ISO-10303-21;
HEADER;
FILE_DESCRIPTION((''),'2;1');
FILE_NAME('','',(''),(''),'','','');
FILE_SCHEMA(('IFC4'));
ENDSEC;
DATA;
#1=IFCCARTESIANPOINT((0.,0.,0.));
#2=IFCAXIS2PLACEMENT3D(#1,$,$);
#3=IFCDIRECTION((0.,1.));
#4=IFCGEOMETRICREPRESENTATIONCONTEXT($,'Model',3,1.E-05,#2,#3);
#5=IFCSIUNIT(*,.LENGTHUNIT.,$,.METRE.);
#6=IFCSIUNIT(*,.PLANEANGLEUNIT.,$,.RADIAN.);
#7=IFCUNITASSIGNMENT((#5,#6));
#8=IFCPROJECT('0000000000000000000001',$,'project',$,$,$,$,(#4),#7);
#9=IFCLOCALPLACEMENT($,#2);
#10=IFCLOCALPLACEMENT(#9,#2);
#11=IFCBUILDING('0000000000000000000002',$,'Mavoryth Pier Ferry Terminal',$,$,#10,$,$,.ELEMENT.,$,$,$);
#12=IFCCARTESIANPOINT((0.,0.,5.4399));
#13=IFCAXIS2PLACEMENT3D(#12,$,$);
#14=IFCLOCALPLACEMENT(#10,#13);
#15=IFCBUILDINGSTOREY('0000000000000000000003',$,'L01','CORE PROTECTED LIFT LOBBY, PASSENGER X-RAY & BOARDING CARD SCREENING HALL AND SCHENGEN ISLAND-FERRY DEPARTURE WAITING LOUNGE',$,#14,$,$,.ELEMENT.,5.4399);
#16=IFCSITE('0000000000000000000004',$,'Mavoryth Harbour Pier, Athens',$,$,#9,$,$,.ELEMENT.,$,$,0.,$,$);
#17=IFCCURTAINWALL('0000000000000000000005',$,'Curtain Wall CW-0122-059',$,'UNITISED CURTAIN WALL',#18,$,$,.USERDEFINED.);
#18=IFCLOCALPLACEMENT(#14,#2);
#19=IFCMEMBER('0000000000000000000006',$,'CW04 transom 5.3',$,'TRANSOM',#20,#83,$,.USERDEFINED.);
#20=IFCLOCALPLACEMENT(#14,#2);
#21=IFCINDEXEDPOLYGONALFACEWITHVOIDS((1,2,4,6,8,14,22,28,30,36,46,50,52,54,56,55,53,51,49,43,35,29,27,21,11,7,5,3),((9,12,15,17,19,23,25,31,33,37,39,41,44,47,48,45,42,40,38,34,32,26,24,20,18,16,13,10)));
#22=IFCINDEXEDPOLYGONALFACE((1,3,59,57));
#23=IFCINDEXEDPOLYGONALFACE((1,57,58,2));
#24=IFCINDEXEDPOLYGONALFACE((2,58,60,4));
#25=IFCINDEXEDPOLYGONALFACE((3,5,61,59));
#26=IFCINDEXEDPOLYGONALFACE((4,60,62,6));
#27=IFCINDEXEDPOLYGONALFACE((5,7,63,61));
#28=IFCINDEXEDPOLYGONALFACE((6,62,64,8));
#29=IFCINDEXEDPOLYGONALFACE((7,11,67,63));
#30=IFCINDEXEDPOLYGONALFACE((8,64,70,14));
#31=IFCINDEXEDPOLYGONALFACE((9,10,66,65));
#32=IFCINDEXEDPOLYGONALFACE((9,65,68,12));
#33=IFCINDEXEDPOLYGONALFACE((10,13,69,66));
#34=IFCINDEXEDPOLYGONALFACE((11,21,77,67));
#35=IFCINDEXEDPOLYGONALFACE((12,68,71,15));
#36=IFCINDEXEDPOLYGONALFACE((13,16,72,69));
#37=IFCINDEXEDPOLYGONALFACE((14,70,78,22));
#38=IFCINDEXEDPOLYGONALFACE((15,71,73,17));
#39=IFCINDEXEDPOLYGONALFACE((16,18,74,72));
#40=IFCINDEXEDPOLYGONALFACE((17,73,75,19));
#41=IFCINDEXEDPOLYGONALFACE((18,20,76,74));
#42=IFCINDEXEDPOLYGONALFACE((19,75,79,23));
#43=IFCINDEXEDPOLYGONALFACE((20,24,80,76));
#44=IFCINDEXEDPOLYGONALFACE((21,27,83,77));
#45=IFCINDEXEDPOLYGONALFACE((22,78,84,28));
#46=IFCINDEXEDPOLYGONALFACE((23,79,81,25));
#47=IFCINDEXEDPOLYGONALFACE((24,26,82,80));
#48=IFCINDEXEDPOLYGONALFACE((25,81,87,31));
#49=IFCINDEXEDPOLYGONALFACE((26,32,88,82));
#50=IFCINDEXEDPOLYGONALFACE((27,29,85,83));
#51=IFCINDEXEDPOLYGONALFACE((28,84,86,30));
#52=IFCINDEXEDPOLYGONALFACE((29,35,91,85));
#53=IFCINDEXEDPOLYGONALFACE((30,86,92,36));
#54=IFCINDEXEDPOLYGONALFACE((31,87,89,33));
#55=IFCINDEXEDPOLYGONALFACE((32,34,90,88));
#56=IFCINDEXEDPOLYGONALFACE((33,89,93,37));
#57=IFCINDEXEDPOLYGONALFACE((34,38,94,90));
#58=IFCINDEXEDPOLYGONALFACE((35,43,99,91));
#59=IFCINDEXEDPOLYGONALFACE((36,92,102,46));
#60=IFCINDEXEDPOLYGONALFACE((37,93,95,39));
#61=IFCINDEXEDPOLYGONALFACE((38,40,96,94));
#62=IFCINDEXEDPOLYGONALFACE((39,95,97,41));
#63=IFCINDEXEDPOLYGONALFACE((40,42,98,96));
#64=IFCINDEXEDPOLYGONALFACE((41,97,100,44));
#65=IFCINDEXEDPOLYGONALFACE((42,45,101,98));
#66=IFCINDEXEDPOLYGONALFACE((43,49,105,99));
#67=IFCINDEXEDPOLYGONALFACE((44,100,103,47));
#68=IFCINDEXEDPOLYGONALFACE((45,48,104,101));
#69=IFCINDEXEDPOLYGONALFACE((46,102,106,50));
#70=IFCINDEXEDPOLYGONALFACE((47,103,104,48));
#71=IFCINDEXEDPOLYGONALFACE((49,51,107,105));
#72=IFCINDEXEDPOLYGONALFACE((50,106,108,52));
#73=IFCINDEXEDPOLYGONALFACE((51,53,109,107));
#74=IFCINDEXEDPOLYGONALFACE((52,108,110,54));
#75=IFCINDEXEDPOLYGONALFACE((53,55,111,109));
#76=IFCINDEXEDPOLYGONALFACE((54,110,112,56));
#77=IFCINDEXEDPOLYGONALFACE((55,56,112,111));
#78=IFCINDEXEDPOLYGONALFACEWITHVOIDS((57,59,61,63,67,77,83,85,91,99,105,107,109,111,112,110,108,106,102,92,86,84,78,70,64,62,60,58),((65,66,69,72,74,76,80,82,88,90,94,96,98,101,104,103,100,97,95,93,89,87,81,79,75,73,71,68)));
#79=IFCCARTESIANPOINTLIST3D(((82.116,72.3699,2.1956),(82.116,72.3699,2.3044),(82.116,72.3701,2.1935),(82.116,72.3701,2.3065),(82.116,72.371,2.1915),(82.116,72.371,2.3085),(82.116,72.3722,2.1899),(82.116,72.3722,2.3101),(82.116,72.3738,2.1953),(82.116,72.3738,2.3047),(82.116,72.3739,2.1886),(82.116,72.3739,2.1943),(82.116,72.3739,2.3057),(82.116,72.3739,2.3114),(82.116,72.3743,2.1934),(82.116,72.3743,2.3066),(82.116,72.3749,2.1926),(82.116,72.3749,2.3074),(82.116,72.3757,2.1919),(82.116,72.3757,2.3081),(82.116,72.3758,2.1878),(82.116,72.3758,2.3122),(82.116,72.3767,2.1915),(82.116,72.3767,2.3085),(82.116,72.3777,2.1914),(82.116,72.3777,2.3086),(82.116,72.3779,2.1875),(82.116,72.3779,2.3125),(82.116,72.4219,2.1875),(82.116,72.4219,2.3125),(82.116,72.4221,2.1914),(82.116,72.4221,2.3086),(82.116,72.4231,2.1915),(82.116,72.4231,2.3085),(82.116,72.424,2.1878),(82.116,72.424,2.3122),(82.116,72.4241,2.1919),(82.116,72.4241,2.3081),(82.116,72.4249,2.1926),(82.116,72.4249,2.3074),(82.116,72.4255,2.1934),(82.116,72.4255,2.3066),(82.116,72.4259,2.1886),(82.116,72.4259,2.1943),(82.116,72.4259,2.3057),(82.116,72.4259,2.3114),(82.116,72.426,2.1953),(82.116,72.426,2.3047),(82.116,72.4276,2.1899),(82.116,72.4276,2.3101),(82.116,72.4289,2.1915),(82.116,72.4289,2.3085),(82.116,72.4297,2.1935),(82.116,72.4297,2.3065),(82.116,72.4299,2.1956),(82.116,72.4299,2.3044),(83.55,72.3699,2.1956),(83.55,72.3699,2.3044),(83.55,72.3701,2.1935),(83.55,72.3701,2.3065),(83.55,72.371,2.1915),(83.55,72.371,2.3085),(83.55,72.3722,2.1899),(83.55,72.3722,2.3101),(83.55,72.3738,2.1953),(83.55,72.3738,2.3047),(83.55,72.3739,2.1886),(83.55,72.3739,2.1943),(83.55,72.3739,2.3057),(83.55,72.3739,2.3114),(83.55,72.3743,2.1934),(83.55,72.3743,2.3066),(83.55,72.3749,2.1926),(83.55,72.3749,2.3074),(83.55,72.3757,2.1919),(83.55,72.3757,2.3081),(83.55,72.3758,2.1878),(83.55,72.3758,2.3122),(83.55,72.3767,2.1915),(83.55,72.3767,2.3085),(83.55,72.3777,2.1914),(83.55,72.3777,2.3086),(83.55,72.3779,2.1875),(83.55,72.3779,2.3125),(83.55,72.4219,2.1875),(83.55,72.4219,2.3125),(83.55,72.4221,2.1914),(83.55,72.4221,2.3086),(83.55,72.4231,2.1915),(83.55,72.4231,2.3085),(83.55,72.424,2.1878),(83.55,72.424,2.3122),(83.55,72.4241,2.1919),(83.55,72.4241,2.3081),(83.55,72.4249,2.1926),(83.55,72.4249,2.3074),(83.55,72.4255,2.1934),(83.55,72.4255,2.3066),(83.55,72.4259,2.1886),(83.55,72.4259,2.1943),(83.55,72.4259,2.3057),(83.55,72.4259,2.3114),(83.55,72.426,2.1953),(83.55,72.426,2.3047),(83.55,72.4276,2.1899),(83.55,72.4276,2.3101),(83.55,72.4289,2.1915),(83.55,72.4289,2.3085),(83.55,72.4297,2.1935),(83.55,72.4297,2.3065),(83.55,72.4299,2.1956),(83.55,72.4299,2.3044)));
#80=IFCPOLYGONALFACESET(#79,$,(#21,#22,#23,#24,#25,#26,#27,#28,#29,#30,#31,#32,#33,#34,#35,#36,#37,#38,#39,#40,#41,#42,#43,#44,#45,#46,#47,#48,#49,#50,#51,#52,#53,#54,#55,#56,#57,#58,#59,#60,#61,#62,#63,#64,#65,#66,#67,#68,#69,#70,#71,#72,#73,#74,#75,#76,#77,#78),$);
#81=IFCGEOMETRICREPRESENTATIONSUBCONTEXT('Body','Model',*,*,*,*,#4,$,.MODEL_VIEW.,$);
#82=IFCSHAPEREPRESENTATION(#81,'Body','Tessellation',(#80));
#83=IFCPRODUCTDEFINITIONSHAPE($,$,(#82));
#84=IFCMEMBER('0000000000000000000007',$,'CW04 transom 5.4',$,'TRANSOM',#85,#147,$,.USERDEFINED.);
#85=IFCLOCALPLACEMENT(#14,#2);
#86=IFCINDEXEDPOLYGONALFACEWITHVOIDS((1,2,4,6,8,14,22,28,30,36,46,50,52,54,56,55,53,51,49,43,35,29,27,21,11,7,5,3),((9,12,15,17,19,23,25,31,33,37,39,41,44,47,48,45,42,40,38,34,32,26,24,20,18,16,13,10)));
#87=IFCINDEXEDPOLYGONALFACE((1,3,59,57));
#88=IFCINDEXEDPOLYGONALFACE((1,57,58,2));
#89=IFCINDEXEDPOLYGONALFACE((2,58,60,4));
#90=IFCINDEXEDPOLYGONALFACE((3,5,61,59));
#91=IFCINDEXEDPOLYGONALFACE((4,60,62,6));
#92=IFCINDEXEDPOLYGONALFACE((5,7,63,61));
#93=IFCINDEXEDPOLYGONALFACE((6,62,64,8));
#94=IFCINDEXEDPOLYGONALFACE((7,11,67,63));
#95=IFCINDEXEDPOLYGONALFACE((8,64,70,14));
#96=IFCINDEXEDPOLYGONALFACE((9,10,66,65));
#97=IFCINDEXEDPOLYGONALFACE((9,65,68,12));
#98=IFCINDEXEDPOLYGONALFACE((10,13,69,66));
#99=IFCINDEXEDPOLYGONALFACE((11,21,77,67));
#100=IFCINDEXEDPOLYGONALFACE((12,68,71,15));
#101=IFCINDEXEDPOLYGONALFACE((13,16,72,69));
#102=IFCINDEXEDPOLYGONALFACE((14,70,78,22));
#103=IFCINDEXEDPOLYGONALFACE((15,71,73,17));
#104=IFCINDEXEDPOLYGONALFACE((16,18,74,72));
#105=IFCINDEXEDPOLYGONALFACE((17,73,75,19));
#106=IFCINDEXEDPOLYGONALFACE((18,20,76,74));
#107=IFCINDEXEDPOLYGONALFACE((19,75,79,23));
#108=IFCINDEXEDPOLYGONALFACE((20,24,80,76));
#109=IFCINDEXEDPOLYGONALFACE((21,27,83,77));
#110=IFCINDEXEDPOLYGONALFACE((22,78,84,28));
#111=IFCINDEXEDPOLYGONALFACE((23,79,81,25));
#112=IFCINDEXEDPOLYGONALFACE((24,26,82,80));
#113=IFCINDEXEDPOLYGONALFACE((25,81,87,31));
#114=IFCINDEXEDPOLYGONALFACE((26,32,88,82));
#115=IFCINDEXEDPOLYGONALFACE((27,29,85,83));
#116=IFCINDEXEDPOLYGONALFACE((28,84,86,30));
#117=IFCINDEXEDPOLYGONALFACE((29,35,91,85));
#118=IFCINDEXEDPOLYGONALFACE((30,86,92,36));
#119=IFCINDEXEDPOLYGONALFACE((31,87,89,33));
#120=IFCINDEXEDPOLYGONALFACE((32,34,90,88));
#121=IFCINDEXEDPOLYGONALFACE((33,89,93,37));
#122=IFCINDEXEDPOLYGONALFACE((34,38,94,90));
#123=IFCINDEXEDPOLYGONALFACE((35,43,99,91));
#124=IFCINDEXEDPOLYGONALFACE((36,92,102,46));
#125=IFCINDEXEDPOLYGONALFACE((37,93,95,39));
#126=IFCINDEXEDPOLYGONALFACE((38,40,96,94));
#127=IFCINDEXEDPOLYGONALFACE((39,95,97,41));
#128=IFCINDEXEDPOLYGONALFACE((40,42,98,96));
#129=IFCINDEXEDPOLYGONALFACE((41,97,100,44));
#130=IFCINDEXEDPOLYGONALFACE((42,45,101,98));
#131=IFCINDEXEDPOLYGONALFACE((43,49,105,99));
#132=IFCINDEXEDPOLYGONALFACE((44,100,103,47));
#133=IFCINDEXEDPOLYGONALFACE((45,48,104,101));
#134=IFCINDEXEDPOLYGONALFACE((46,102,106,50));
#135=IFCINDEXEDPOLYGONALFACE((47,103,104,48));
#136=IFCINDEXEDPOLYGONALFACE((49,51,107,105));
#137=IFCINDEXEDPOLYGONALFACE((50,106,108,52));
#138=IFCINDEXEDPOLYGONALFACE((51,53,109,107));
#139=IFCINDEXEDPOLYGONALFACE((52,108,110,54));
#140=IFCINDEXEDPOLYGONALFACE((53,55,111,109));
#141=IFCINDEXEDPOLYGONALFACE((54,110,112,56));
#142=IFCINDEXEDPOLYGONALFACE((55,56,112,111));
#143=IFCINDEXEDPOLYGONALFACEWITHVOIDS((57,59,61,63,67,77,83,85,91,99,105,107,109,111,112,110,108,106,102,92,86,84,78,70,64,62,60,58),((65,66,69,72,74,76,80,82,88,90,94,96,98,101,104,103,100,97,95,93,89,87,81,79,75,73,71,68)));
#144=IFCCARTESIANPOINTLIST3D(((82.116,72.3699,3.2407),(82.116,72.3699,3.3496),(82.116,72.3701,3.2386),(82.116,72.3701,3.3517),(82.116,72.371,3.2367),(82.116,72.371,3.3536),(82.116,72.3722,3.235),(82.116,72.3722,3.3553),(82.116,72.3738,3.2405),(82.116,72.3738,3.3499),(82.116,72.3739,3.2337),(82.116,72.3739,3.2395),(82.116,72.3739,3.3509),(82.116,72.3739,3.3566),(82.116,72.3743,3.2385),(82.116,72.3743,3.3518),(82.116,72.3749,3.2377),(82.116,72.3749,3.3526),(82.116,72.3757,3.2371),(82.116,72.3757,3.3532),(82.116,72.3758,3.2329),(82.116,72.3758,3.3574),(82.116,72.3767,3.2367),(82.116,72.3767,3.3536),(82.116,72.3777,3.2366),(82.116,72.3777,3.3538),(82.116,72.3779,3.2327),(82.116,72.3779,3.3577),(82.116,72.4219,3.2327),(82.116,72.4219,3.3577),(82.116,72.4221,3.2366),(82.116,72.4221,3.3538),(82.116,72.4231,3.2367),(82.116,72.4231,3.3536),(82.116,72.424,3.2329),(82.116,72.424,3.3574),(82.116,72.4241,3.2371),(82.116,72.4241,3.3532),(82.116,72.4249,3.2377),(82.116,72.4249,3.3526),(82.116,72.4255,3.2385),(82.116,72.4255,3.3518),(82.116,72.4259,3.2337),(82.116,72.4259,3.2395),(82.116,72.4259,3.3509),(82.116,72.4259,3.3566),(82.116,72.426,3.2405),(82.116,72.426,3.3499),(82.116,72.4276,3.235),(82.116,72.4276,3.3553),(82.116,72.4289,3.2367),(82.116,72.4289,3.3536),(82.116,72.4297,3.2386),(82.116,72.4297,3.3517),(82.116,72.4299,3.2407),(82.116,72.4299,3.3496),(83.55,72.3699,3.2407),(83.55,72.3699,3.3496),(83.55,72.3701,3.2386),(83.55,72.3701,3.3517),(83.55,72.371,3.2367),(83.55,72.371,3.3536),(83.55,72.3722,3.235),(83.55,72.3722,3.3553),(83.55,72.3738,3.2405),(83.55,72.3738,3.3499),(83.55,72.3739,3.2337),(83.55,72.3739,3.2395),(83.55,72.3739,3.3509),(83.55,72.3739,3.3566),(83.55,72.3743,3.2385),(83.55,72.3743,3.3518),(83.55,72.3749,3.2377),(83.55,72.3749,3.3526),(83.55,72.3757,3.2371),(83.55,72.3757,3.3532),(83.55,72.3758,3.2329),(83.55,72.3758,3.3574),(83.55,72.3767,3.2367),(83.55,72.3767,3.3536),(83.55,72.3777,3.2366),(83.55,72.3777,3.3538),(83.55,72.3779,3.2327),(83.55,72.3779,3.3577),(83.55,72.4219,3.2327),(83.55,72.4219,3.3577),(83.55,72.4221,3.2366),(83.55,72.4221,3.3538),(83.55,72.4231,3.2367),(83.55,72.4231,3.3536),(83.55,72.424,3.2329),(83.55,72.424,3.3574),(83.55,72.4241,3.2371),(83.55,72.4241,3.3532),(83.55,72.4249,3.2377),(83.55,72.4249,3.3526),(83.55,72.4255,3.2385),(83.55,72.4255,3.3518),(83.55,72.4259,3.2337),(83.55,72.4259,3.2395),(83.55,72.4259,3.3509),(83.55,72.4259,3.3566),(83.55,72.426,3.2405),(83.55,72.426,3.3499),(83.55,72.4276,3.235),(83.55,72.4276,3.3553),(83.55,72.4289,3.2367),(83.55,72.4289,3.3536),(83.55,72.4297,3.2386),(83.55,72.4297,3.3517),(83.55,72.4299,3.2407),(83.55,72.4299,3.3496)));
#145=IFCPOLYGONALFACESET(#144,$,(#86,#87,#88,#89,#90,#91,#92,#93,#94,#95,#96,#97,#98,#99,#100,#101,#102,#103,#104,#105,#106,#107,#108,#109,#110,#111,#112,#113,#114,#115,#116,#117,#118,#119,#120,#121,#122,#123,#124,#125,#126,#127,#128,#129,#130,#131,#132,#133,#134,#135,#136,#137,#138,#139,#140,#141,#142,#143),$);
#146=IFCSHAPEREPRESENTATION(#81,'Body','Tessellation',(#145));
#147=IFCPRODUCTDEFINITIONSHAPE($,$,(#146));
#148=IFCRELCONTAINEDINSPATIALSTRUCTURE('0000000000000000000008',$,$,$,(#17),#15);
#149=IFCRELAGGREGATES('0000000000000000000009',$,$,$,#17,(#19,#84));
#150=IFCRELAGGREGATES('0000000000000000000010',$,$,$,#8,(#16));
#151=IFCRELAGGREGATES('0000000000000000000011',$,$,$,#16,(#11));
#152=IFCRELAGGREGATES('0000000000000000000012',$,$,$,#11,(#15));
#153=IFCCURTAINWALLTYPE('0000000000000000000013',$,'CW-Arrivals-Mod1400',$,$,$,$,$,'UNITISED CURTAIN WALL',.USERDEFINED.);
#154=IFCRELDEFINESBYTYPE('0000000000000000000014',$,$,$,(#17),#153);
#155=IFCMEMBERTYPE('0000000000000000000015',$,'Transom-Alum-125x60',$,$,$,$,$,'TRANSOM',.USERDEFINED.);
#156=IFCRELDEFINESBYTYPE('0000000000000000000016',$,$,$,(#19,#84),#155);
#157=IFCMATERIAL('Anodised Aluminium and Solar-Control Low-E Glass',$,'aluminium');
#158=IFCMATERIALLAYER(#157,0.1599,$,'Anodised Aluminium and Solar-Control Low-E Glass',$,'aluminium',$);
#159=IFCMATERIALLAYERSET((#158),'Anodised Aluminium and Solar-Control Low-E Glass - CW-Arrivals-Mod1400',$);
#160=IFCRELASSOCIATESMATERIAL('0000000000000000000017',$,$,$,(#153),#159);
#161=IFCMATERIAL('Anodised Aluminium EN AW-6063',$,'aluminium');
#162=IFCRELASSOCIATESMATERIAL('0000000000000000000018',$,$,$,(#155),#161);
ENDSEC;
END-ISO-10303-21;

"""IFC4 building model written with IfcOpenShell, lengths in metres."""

from ifc_helpers import new_model, si_unit, direction, frame, origin, origin_2d, place, context, subcontext, project, spatial, hollow_rectangle, extrude, material, layer, layer_set, material_profile, profile_set, type_object, element, aggregate, save


model = new_model("IFC4")

# Units and contexts
model_context = context("Model", 3, precision=1e-05, world=origin(), true_north=direction((0.0, 1.0)))
body_context = subcontext(model_context, "Body", "Model", "MODEL_VIEW")
ifc_project = project(units=[si_unit("LENGTHUNIT", "METRE"), si_unit("PLANEANGLEUNIT", "RADIAN")], contexts=[model_context])

# Site, building, storey
site_placement = place(None, origin())
site = spatial("IfcSite", under=ifc_project, at=site_placement, Name="Mavoryth Harbour Pier, Athens", CompositionType="ELEMENT", RefElevation=0.0)
building_placement = place(site_placement, origin())
building = spatial("IfcBuilding", under=site, at=building_placement, Name="Mavoryth Pier Ferry Terminal", CompositionType="ELEMENT")
storey_placement = place(building_placement, frame((0.0, 0.0, 5.4399)))
storey = spatial("IfcBuildingStorey", under=building, at=storey_placement, Name="L01", Description="CORE PROTECTED LIFT LOBBY, PASSENGER X-RAY & BOARDING CARD SCREENING HALL AND SCHENGEN ISLAND-FERRY DEPARTURE WAITING LOUNGE", CompositionType="ELEMENT", Elevation=5.4399)

# Curtain wall
ifc_material_1 = material(Name="Anodised Aluminium and Solar-Control Low-E Glass", Category="aluminium")
ifc_layer_1 = layer(ifc_material_1, 0.1599, Name="Anodised Aluminium and Solar-Control Low-E Glass", Category="aluminium")
ifc_layer_set_1 = layer_set([ifc_layer_1], Name="Anodised Aluminium and Solar-Control Low-E Glass - CW-Arrivals-Mod1400")
curtain_wall_type = type_object("IfcCurtainWallType", Name="CW-Arrivals-Mod1400", ElementType="UNITISED CURTAIN WALL", PredefinedType="USERDEFINED", material=ifc_layer_set_1)
curtain_wall_1_placement = place(storey_placement, origin())
curtain_wall_1 = element("IfcCurtainWall", 1, at=curtain_wall_1_placement, inside=storey, type_object=curtain_wall_type, Name="Curtain Wall CW-0122-059", ObjectType="UNITISED CURTAIN WALL", PredefinedType="USERDEFINED")
ifc_material_2 = material(Name="Anodised Aluminium EN AW-6063", Category="aluminium")

# Members
ifc_material_profile_1 = material_profile(ifc_material_2, hollow_rectangle(XDim=0.0601, YDim=0.125, WallThickness=0.0039, InnerFilletRadius=0.0039, OuterFilletRadius=0.0081, at=origin_2d()), Name="AL-TRAN 125x60x4", Category="aluminium")
ifc_profile_set_1 = profile_set([ifc_material_profile_1], Name="Anodised Aluminium EN AW-6063 - AL-TRAN 125x60x4")
member_type_1 = type_object("IfcMemberType", Name="Transom-Alum-125x60", ElementType="TRANSOM", PredefinedType="USERDEFINED", material=ifc_profile_set_1)
member_1_placement = place(storey_placement, frame((82.116, 72.3999, 2.25), z_axis=(1.0, 0.0, 0.0), x_axis=(0.0, 1.0, 0.0)))
member_1 = element("IfcMember", 2, at=member_1_placement, type_object=member_type_1, Name="CW04 transom 5.3", ObjectType="TRANSOM", PredefinedType="USERDEFINED", context=body_context, shape_type="SweptSolid", body=[
    extrude(hollow_rectangle(XDim=0.0601, YDim=0.125, WallThickness=0.0039, InnerFilletRadius=0.0039, OuterFilletRadius=0.0081, at=origin_2d()), origin(), (0.0, 0.0, 1.0), 1.4341),
])
member_2_placement = place(storey_placement, frame((82.116, 72.3999, 3.2952), z_axis=(1.0, 0.0, 0.0), x_axis=(0.0, 1.0, 0.0)))
member_2 = element("IfcMember", 3, at=member_2_placement, type_object=member_type_1, Name="CW04 transom 5.4", ObjectType="TRANSOM", PredefinedType="USERDEFINED", context=body_context, shape_type="SweptSolid", body=[
    extrude(hollow_rectangle(XDim=0.0601, YDim=0.125, WallThickness=0.0039, InnerFilletRadius=0.0039, OuterFilletRadius=0.0081, at=origin_2d()), origin(), (0.0, 0.0, 1.0), 1.4341),
])

aggregate(curtain_wall_1, [member_1, member_2])

save(model, "model.ifc")
